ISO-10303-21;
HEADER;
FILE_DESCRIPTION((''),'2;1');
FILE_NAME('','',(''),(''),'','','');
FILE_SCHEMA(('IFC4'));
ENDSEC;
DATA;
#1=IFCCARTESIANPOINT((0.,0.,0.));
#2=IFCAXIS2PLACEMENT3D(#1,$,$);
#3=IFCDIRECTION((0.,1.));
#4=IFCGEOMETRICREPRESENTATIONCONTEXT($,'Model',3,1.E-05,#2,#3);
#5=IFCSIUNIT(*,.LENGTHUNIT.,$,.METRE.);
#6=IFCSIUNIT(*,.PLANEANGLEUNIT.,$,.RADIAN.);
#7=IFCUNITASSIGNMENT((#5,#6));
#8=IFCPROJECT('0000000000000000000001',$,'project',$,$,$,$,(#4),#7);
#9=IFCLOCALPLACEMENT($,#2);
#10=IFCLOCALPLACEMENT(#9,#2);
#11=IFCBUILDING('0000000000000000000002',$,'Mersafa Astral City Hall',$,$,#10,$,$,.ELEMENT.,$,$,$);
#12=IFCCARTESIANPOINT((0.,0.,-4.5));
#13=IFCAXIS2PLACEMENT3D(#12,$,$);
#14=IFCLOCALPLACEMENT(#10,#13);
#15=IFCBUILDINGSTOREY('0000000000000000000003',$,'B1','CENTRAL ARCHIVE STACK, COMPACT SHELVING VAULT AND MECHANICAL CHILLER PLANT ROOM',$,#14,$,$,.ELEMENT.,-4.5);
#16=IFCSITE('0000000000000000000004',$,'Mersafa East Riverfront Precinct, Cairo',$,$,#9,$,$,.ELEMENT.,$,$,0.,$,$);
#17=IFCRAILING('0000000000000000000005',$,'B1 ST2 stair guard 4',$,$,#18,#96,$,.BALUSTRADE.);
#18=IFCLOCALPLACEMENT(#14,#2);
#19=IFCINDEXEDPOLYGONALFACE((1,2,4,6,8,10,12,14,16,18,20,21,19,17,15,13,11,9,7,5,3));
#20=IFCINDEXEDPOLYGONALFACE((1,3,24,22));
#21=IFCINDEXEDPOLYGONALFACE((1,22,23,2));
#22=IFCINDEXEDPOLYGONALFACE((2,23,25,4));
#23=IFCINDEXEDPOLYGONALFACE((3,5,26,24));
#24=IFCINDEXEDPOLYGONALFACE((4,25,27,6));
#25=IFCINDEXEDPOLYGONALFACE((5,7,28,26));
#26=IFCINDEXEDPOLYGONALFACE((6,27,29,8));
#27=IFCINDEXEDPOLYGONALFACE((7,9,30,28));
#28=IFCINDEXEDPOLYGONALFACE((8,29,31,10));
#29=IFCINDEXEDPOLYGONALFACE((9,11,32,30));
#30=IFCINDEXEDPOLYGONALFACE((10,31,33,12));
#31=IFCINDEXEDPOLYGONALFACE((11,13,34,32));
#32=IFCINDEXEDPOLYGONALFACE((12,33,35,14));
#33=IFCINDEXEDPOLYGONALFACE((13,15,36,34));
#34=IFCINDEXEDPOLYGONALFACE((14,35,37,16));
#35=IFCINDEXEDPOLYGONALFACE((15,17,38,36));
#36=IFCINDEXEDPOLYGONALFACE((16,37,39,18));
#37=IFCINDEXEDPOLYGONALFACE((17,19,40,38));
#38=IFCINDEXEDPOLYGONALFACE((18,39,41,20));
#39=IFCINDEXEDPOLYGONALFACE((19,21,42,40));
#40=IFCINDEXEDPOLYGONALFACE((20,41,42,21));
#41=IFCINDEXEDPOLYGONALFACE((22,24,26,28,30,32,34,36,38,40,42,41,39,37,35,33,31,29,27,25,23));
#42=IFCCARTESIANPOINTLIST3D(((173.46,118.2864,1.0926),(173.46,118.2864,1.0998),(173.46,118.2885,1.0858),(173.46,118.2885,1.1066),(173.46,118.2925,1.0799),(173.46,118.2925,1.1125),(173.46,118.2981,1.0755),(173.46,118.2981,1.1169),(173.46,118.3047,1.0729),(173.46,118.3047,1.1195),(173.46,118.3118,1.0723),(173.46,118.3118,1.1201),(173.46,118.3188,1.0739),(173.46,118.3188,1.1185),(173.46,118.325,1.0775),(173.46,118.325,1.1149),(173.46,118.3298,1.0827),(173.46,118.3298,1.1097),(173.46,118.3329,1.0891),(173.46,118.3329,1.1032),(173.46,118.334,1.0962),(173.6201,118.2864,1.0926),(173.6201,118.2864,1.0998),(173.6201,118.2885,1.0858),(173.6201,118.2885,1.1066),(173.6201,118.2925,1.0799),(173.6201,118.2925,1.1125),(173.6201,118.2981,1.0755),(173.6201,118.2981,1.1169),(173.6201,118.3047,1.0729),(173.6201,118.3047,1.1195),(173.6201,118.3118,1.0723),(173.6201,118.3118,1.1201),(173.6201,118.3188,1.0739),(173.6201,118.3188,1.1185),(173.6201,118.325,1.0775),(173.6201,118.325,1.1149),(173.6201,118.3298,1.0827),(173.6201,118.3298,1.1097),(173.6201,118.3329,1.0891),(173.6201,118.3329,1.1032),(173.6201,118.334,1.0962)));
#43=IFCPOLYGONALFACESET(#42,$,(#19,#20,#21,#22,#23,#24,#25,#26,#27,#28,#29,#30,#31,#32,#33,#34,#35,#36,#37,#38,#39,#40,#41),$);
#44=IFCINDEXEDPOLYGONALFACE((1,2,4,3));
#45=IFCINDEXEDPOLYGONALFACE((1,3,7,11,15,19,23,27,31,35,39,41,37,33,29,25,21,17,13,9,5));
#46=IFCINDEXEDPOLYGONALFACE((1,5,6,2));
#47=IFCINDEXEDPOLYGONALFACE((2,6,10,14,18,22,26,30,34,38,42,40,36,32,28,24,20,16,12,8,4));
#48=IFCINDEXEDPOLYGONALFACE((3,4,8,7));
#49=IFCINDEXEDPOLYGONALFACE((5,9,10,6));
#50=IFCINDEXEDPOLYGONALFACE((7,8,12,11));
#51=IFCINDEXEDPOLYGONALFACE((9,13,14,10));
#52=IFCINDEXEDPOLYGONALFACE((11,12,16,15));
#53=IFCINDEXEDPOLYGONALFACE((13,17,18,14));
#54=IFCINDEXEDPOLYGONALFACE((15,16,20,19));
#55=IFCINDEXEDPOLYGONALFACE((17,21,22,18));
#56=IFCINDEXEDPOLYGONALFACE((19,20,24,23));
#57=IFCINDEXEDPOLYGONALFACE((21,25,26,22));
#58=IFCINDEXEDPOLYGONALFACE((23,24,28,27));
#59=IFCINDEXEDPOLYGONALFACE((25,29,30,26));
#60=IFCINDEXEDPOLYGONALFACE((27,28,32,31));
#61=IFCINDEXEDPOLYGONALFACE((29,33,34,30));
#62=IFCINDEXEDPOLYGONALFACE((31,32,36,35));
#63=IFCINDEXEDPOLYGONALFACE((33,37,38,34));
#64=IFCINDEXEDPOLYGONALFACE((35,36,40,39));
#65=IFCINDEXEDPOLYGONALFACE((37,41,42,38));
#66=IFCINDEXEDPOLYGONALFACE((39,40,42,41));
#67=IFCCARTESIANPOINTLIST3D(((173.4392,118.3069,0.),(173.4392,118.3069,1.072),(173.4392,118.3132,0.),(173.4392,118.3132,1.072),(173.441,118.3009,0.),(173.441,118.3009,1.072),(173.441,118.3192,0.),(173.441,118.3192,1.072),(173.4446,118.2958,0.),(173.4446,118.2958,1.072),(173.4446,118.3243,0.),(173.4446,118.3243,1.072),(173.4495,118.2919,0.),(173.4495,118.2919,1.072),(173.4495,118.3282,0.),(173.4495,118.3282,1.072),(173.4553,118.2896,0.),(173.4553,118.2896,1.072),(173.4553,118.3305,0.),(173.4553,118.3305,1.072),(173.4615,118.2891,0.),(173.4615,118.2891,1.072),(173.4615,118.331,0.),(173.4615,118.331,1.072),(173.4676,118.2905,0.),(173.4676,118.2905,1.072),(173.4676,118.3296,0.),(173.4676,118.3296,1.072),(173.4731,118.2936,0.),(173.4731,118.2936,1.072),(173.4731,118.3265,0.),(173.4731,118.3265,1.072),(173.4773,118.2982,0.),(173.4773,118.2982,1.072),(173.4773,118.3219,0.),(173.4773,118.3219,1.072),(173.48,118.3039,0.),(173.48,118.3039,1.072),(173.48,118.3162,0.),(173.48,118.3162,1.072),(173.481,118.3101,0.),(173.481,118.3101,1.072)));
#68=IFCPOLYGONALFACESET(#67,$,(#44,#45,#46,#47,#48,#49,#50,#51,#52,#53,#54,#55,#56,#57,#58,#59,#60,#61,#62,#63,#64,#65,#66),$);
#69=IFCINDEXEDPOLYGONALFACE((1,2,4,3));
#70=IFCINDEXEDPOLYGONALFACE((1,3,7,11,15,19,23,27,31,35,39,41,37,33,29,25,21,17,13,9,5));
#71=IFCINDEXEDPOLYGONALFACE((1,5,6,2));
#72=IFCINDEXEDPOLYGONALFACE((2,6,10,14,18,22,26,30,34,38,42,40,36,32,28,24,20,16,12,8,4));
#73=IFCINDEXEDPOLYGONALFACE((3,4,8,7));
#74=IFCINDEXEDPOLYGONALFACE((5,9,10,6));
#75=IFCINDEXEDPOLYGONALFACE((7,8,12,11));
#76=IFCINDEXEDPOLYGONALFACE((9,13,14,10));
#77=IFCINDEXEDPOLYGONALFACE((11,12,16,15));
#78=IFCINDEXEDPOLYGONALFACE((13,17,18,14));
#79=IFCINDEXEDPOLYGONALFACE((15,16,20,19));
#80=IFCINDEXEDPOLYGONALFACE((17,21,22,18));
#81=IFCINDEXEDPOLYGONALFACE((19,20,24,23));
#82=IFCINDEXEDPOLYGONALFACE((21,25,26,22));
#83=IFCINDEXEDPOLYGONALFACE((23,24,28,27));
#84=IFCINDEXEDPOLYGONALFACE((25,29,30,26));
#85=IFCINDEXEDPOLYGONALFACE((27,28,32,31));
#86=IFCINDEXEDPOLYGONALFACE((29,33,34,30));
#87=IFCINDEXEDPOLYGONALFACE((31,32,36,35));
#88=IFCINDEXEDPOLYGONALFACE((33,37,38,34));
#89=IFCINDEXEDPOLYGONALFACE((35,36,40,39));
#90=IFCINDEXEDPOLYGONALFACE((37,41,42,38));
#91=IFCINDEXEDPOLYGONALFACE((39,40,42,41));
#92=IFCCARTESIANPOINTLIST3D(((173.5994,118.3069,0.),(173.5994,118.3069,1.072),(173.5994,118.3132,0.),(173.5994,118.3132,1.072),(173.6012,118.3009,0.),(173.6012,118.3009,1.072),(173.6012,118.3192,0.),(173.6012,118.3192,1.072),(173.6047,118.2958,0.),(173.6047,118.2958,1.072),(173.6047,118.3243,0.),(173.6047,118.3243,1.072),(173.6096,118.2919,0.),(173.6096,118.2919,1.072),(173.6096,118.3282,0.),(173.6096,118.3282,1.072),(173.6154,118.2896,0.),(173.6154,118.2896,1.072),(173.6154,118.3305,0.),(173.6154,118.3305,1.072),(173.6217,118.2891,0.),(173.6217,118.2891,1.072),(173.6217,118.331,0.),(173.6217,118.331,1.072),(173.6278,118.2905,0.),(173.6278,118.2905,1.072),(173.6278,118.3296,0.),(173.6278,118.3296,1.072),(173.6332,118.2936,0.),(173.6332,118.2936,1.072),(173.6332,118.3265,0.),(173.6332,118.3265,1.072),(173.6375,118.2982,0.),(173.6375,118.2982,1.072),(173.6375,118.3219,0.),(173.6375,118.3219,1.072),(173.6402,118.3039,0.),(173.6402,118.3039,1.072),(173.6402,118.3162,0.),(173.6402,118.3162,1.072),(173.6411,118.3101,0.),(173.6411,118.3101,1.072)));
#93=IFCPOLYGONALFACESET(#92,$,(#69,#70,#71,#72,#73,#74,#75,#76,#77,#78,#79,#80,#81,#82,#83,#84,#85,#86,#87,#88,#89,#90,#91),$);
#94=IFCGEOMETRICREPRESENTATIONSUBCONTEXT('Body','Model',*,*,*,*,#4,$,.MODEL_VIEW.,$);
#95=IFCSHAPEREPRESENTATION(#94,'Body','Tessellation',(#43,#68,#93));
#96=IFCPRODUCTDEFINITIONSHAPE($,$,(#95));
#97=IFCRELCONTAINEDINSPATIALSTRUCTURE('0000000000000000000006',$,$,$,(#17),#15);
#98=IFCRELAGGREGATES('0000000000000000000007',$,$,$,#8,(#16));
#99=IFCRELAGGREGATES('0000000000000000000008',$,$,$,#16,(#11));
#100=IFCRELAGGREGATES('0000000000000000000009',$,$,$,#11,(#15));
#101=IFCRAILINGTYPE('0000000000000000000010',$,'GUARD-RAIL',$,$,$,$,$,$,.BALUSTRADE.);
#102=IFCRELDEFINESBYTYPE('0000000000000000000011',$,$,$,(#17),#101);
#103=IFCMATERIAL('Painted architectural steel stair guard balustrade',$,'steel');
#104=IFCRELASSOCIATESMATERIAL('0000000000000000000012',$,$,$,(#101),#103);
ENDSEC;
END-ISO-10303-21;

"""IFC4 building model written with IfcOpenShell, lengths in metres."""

from ifc_helpers import new_model, si_unit, direction, frame, origin, origin_2d, place, context, subcontext, project, spatial, circle, extrude, material, type_object, element, save


model = new_model("IFC4")

# Units and contexts
model_context = context("Model", 3, precision=1e-05, world=origin(), true_north=direction((0.0, 1.0)))
body_context = subcontext(model_context, "Body", "Model", "MODEL_VIEW")
ifc_project = project(units=[si_unit("LENGTHUNIT", "METRE"), si_unit("PLANEANGLEUNIT", "RADIAN")], contexts=[model_context])

# Site, building, storey
site_placement = place(None, origin())
site = spatial("IfcSite", under=ifc_project, at=site_placement, Name="Mersafa East Riverfront Precinct, Cairo", CompositionType="ELEMENT", RefElevation=0.0)
building_placement = place(site_placement, origin())
building = spatial("IfcBuilding", under=site, at=building_placement, Name="Mersafa Astral City Hall", CompositionType="ELEMENT")
storey_placement = place(building_placement, frame((0.0, 0.0, -4.5)))
storey = spatial("IfcBuildingStorey", under=building, at=storey_placement, Name="B1", Description="CENTRAL ARCHIVE STACK, COMPACT SHELVING VAULT AND MECHANICAL CHILLER PLANT ROOM", CompositionType="ELEMENT", Elevation=-4.5)

# Railing
ifc_material_1 = material(Name="Painted architectural steel stair guard balustrade", Category="steel")
railing_type_1 = type_object("IfcRailingType", Name="GUARD-RAIL", PredefinedType="BALUSTRADE", material=ifc_material_1)
railing_1_placement = place(storey_placement, frame((173.46, 118.3101, 0.0)))
element("IfcRailing", 1, at=railing_1_placement, inside=storey, type_object=railing_type_1, Name="B1 ST2 stair guard 4", PredefinedType="BALUSTRADE", context=body_context, shape_type="SweptSolid", body=[
    extrude(circle(Radius=0.0239, at=origin_2d()), frame((0.0, 0.0, 1.0962), z_axis=(1.0, 0.0, 0.0), x_axis=(0.0, 1.0, 0.0)), (0.0, 0.0, 1.0), 0.1602),
    extrude(circle(Radius=0.021, at=origin_2d()), origin(), (0.0, 0.0, 1.0), 1.072),
    extrude(circle(Radius=0.021, at=origin_2d()), frame((0.1602, 0.0, 0.0)), (0.0, 0.0, 1.0), 1.072),
])

save(model, "model.ifc")
